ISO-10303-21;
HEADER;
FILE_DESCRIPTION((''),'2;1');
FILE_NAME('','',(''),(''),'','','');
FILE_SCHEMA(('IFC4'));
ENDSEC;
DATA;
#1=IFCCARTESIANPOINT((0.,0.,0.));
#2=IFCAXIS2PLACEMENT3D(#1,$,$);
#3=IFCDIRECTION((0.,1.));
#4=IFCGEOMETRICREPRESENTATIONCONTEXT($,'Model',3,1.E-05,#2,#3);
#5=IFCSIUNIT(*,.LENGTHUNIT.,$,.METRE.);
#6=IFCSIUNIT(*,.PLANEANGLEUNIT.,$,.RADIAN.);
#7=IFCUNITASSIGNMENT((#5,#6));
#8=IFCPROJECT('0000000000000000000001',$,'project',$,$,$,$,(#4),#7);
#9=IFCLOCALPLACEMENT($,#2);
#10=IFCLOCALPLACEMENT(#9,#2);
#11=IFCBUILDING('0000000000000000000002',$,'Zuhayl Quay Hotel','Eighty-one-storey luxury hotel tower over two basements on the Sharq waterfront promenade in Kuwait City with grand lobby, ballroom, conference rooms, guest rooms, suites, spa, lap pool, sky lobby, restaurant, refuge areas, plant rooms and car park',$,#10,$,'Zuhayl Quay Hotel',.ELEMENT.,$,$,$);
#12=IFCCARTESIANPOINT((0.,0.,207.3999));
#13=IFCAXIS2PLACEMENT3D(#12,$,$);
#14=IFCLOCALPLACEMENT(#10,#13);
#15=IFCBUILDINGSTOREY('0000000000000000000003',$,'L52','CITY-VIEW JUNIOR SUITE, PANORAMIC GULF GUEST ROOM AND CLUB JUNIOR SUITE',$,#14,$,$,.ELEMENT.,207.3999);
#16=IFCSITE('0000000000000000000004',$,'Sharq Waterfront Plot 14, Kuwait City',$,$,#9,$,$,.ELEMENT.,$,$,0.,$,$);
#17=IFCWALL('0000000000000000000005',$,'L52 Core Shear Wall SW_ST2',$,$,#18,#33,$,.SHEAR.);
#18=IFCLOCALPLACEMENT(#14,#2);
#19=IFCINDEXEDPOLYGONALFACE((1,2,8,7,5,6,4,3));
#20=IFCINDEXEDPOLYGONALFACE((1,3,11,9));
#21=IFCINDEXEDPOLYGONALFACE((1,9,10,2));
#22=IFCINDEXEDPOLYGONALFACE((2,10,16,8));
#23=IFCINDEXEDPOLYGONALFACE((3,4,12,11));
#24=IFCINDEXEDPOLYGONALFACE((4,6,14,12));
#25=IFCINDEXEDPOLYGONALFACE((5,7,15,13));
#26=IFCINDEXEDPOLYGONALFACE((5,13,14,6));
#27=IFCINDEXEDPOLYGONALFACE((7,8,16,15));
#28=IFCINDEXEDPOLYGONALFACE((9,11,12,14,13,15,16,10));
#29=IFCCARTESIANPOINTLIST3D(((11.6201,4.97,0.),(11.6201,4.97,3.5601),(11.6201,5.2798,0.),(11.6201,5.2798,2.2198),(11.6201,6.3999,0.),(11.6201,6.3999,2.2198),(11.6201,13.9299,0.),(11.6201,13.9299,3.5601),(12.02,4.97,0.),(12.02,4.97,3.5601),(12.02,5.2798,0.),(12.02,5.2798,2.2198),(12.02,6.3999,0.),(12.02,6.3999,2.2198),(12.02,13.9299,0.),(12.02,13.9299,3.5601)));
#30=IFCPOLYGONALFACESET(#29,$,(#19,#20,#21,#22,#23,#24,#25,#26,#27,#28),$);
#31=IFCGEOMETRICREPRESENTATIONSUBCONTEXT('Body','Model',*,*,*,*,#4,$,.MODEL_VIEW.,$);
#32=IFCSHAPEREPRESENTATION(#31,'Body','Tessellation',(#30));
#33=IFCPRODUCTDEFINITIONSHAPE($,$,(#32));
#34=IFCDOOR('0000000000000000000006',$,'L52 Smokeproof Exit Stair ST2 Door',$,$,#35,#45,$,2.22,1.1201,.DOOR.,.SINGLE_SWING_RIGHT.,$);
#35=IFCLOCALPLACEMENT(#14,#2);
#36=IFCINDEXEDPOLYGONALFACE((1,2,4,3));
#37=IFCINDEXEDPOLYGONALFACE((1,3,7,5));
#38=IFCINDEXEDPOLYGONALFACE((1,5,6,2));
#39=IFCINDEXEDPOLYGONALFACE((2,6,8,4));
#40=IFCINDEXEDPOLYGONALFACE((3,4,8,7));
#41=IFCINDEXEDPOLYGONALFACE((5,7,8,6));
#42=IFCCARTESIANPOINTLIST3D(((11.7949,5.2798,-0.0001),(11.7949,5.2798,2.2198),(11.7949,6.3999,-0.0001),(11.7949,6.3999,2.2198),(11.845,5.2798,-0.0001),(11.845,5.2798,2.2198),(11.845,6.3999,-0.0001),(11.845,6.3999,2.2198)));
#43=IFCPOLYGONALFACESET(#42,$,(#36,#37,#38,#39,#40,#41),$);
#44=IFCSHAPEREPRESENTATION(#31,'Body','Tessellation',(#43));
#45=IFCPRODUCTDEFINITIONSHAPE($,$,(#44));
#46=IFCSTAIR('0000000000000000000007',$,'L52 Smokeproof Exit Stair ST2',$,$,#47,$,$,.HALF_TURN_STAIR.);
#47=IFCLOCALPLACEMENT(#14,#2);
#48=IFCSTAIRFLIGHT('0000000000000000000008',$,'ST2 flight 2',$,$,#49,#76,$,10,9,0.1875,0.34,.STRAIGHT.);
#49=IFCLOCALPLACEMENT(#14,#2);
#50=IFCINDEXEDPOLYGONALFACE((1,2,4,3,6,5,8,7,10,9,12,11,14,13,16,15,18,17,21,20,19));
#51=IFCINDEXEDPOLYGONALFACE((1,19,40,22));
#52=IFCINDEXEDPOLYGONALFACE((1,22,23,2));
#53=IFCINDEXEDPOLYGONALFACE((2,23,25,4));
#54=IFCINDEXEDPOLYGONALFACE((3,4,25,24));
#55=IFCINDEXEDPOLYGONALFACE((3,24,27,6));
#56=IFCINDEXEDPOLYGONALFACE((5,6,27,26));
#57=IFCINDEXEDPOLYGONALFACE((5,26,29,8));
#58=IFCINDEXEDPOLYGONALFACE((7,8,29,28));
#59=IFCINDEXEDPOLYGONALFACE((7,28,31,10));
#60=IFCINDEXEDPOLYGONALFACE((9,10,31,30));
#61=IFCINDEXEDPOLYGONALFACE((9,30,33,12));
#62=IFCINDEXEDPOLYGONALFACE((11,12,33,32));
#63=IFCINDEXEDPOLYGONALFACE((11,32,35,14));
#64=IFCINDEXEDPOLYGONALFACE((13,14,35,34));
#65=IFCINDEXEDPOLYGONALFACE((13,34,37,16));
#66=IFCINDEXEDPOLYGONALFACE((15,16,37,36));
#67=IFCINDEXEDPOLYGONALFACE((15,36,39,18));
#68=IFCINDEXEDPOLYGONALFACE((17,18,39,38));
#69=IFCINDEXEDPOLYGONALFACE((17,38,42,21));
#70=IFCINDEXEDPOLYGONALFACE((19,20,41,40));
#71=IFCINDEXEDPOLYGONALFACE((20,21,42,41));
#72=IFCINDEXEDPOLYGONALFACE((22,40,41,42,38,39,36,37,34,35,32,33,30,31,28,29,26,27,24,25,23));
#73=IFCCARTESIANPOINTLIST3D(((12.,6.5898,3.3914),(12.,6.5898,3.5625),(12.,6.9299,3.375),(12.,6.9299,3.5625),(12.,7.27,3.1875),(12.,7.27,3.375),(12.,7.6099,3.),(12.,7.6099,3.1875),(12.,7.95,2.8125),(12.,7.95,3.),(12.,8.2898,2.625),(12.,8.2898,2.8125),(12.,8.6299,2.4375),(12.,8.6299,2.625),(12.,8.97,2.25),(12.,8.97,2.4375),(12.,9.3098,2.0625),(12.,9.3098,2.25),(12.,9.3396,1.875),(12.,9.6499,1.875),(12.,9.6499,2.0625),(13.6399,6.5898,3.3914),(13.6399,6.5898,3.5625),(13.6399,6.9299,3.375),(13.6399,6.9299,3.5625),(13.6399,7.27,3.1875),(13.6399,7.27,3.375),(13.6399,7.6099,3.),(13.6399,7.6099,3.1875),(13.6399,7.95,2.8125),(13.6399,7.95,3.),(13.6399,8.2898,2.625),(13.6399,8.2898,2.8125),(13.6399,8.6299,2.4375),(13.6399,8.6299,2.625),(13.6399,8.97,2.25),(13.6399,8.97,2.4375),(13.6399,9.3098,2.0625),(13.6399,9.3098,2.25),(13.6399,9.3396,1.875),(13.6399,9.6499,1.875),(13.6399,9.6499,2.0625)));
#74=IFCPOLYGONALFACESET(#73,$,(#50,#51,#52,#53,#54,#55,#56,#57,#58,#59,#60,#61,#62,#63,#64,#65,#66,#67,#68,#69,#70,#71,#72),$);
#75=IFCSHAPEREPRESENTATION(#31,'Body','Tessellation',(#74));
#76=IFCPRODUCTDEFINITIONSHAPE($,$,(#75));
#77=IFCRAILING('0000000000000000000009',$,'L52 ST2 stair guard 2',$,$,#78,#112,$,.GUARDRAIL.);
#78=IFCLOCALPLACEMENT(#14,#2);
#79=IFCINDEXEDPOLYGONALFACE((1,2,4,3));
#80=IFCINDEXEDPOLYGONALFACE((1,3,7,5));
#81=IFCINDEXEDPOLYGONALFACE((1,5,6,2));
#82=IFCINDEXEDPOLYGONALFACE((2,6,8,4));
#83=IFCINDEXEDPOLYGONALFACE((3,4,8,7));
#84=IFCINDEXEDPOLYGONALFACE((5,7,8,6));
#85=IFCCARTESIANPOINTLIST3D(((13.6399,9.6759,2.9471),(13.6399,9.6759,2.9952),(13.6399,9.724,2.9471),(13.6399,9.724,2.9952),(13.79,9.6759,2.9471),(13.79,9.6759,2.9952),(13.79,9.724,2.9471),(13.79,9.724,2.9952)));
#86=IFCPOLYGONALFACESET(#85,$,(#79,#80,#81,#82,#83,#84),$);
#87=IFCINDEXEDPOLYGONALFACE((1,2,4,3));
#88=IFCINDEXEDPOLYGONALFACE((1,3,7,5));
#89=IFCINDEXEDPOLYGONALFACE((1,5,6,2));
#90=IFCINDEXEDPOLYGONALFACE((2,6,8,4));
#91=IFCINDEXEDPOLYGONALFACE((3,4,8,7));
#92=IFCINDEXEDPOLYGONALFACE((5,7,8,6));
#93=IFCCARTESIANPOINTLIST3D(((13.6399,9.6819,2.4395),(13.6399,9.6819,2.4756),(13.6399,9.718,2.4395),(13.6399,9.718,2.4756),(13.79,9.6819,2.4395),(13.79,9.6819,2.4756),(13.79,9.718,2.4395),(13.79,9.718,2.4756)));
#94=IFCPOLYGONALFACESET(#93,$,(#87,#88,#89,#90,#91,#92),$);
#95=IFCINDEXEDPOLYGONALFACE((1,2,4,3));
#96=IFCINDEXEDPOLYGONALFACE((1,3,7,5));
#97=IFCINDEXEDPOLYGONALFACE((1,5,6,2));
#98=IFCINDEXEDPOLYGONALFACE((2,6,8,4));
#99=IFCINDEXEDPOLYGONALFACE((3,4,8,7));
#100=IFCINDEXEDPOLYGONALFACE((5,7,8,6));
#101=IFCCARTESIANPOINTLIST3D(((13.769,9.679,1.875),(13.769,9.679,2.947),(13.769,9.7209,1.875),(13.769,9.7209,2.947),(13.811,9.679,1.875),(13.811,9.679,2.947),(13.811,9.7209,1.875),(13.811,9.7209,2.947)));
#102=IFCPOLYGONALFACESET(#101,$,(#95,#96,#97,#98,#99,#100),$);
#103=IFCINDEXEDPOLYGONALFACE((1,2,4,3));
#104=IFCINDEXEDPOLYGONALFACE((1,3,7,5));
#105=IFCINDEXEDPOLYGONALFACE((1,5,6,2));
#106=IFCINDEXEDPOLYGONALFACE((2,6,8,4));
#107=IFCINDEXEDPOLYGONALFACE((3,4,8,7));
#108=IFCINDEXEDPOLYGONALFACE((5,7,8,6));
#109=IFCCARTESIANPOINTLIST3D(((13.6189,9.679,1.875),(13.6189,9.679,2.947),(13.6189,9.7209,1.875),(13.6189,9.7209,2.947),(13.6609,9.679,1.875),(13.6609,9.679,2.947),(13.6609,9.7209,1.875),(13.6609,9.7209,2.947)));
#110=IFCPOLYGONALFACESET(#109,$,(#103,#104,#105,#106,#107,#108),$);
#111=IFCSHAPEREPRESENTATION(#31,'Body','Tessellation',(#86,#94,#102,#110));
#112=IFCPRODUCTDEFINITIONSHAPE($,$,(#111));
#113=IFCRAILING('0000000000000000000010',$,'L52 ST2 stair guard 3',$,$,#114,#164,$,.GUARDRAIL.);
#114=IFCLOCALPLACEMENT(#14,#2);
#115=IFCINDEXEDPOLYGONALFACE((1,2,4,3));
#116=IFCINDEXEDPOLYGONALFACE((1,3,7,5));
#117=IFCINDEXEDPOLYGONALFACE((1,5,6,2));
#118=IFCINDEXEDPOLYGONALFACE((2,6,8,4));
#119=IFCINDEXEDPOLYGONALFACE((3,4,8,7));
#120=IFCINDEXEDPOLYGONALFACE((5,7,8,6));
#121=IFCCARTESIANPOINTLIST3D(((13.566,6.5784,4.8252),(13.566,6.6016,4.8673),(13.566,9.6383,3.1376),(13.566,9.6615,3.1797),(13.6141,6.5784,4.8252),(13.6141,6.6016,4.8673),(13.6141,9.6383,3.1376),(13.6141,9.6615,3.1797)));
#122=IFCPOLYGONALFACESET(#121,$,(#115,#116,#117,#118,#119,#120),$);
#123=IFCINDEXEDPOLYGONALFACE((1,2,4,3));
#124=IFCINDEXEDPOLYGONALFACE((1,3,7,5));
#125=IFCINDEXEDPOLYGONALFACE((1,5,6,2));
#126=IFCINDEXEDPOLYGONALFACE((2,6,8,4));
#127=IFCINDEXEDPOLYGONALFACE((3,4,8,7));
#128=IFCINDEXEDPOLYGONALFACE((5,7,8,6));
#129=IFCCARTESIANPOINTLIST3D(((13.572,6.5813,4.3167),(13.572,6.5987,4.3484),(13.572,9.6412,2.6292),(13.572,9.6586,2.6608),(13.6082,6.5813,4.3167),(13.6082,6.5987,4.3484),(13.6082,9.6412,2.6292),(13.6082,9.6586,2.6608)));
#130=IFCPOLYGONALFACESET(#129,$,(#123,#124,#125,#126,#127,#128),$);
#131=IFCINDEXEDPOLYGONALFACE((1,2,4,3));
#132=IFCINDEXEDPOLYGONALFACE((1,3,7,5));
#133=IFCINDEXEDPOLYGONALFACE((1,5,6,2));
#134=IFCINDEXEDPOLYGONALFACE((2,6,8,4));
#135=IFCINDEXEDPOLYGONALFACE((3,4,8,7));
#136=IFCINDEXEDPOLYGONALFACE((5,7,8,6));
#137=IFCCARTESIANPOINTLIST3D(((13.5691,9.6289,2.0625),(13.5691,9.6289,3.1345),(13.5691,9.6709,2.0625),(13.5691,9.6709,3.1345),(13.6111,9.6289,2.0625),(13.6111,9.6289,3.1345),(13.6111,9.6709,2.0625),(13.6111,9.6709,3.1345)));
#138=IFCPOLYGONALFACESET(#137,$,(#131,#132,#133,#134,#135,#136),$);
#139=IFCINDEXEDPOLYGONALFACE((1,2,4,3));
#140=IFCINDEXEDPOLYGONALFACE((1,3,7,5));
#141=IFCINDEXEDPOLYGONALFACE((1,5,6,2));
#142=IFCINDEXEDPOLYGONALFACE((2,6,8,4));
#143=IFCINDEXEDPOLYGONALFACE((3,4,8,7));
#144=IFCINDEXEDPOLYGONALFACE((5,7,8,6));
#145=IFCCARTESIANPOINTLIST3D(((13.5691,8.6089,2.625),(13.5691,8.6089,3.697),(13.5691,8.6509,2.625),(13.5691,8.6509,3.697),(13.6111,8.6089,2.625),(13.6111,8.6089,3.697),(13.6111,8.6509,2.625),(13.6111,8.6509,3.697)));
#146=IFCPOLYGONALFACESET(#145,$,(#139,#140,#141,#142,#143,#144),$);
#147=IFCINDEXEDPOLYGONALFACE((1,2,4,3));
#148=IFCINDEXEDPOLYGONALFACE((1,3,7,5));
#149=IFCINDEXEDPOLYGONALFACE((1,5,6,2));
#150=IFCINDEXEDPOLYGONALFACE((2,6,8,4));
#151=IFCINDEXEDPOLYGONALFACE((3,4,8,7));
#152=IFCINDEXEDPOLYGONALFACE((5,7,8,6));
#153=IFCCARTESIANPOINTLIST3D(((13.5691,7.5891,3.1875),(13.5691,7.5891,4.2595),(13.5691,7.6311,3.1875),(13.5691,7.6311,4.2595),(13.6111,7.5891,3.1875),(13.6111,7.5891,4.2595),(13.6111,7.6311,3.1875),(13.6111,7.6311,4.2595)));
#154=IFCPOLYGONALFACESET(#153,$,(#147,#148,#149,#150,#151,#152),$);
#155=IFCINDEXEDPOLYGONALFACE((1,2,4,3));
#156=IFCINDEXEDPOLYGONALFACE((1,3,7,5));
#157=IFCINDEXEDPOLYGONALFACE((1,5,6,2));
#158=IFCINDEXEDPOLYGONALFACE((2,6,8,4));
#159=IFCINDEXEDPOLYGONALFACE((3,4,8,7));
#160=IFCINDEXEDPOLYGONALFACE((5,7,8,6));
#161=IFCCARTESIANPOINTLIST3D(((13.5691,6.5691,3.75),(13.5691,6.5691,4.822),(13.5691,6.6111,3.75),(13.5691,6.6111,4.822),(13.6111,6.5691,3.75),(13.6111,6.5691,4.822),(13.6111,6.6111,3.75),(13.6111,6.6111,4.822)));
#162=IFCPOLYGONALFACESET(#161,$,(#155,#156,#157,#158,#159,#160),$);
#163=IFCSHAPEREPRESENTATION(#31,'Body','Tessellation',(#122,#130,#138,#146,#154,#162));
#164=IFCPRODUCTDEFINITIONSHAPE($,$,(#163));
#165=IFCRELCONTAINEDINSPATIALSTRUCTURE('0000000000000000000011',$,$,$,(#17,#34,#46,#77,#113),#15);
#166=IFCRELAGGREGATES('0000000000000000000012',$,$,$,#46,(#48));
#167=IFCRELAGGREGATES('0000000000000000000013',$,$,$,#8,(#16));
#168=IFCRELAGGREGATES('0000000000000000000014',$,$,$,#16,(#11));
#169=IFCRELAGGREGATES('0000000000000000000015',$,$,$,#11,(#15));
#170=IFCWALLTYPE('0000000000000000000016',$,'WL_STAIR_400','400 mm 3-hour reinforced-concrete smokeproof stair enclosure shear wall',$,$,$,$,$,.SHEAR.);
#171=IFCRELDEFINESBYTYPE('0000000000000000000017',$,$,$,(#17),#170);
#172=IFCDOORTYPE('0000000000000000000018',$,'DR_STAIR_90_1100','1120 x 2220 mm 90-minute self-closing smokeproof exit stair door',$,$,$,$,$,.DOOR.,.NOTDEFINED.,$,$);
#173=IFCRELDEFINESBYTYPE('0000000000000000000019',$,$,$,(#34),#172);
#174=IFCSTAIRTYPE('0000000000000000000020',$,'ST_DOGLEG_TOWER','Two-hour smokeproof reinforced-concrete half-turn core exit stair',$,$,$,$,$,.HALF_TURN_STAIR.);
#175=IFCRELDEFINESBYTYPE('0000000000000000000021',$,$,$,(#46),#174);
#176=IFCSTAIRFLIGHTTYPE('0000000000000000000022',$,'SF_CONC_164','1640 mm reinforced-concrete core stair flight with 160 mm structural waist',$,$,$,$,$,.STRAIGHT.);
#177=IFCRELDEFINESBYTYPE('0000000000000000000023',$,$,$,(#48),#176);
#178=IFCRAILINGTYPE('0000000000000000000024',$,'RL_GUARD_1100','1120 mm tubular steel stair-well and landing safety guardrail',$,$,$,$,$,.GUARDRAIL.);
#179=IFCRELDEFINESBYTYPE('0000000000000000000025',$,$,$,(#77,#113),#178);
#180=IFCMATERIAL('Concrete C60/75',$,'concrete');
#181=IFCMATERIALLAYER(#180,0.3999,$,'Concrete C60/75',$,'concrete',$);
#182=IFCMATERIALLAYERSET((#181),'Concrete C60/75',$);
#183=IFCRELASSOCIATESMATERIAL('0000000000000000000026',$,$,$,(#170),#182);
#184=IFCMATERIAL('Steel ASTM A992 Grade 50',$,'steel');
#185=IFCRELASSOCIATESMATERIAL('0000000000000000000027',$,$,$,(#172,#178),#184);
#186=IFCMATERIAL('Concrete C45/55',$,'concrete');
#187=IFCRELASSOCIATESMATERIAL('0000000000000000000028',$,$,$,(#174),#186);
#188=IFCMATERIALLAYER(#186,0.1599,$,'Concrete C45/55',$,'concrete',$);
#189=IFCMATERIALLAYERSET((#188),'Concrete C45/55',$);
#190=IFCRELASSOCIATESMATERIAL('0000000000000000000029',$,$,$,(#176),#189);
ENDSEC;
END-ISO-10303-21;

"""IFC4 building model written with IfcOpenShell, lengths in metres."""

from ifc_helpers import new_model, si_unit, direction, frame, frame_2d, origin, origin_2d, place, context, subcontext, project, spatial, polyline, rectangle, outline, extrude, material, layer, layer_set, type_object, element, fill, aggregate, save


model = new_model("IFC4")

# Units and contexts
model_context = context("Model", 3, precision=1e-05, world=origin(), true_north=direction((0.0, 1.0)))
body_context = subcontext(model_context, "Body", "Model", "MODEL_VIEW")
ifc_project = project(units=[si_unit("LENGTHUNIT", "METRE"), si_unit("PLANEANGLEUNIT", "RADIAN")], contexts=[model_context])

# Site, building, storey
site_placement = place(None, origin())
site = spatial("IfcSite", under=ifc_project, at=site_placement, Name="Sharq Waterfront Plot 14, Kuwait City", CompositionType="ELEMENT", RefElevation=0.0)
building_placement = place(site_placement, origin())
building = spatial("IfcBuilding", under=site, at=building_placement, Name="Zuhayl Quay Hotel", Description="Eighty-one-storey luxury hotel tower over two basements on the Sharq waterfront promenade in Kuwait City with grand lobby, ballroom, conference rooms, guest rooms, suites, spa, lap pool, sky lobby, restaurant, refuge areas, plant rooms and car park", LongName="Zuhayl Quay Hotel", CompositionType="ELEMENT")
storey_placement = place(building_placement, frame((0.0, 0.0, 207.3999)))
storey = spatial("IfcBuildingStorey", under=building, at=storey_placement, Name="L52", Description="CITY-VIEW JUNIOR SUITE, PANORAMIC GULF GUEST ROOM AND CLUB JUNIOR SUITE", CompositionType="ELEMENT", Elevation=207.3999)

# Shared definitions
ifc_material_1 = material(Name="Concrete C60/75", Category="concrete")

# Shared definitions
ifc_material_2 = material(Name="Steel ASTM A992 Grade 50", Category="steel")

# Wall, opening, door
ifc_layer_1 = layer(ifc_material_1, 0.3999, Name="Concrete C60/75", Category="concrete")
ifc_layer_set_1 = layer_set([ifc_layer_1], Name="Concrete C60/75")
wall_type_1 = type_object("IfcWallType", Name="WL_STAIR_400", Description="400 mm 3-hour reinforced-concrete smokeproof stair enclosure shear wall", PredefinedType="SHEAR", material=ifc_layer_set_1)
wall_1_placement = place(storey_placement, frame((11.8201, 13.9299, 0.0), z_axis=(0.0, 0.0, 1.0), x_axis=(0.0, -1.0, 0.0)))
wall_1 = element("IfcWall", 1, at=wall_1_placement, inside=storey, type_object=wall_type_1, Name="L52 Core Shear Wall SW_ST2", PredefinedType="SHEAR", context=body_context, shape_type="SweptSolid", body=[
    extrude(rectangle(XDim=8.96, YDim=0.3999, at=frame_2d((4.48, 0.0))), origin(), (0.0, 0.0, 1.0), 3.5601),
])
opening_1_placement = place(wall_1_placement, frame((7.53, 0.0, 0.0)))
opening_1 = element("IfcOpeningElement", 2, at=opening_1_placement, cuts=wall_1, PredefinedType="OPENING", context=body_context, shape_type="SweptSolid", body=[
    extrude(rectangle(XDim=1.1201, YDim=2.22, at=frame_2d((0.5601, 1.1099))), frame((0.0, 0.21, 0.0), z_axis=(0.0, -1.0, 0.0), x_axis=(1.0, 0.0, 0.0)), (0.0, 0.0, 1.0), 0.4199),
])
door_type_1 = type_object("IfcDoorType", Name="DR_STAIR_90_1100", Description="1120 x 2220 mm 90-minute self-closing smokeproof exit stair door", OperationType="NOTDEFINED", PredefinedType="DOOR", material=ifc_material_2)
door_1_placement = place(opening_1_placement, origin())
door_1 = element("IfcDoor", 3, at=door_1_placement, inside=storey, type_object=door_type_1, Name="L52 Smokeproof Exit Stair ST2 Door", OperationType="SINGLE_SWING_RIGHT", OverallHeight=2.22, OverallWidth=1.1201, PredefinedType="DOOR", context=body_context, shape_type="SweptSolid", body=[
    extrude(rectangle(XDim=1.1201, YDim=2.22, at=frame_2d((0.5601, 1.1099))), frame((0.0, 0.0249, 0.0), z_axis=(0.0, -1.0, 0.0), x_axis=(1.0, 0.0, 0.0)), (0.0, 0.0, 1.0), 0.05),
])
fill(opening_1, door_1)

# Stair, stair flight
ifc_material_3 = material(Name="Concrete C45/55", Category="concrete")
stair_type = type_object("IfcStairType", Name="ST_DOGLEG_TOWER", Description="Two-hour smokeproof reinforced-concrete half-turn core exit stair", PredefinedType="HALF_TURN_STAIR", material=ifc_material_3)
stair_placement = place(storey_placement, origin())
stair = element("IfcStair", 4, at=stair_placement, inside=storey, type_object=stair_type, Name="L52 Smokeproof Exit Stair ST2", PredefinedType="HALF_TURN_STAIR")
ifc_layer_2 = layer(ifc_material_3, 0.1599, Name="Concrete C45/55", Category="concrete")
ifc_layer_set_2 = layer_set([ifc_layer_2], Name="Concrete C45/55")
stair_flight_type = type_object("IfcStairFlightType", Name="SF_CONC_164", Description="1640 mm reinforced-concrete core stair flight with 160 mm structural waist", PredefinedType="STRAIGHT", material=ifc_layer_set_2)
stair_flight_placement = place(storey_placement, frame((12.8201, 9.6499, 1.875), z_axis=(0.0, 0.0, 1.0), x_axis=(0.0, -1.0, 0.0)))
stair_flight = element("IfcStairFlight", 5, at=stair_flight_placement, type_object=stair_flight_type, Name="ST2 flight 2", NumberOfRisers=10, NumberOfTreads=9, PredefinedType="STRAIGHT", RiserHeight=0.1875, TreadLength=0.34, context=body_context, shape_type="SweptSolid", body=[
    extrude(outline(polyline([(0.0, 0.0), (0.0, 0.1875), (0.3401, 0.1875), (0.3401, 0.375), (0.6799, 0.375), (0.6799, 0.5625), (1.02, 0.5625), (1.02, 0.75), (1.3601, 0.75), (1.3601, 0.9375), (1.7, 0.9375), (1.7, 1.125), (2.04, 1.125), (2.04, 1.3125), (2.3799, 1.3125), (2.3799, 1.5), (2.72, 1.5), (2.72, 1.6875), (3.0601, 1.6875), (3.0601, 1.875), (3.0601, 1.5164), (0.3103, 0.0), (0.0, 0.0)])), frame((0.0, 0.8198, 0.0), z_axis=(0.0, -1.0, 0.0), x_axis=(1.0, 0.0, 0.0)), (0.0, 0.0, 1.0), 1.6399),
])
aggregate(stair, [stair_flight])

# Railings
railing_type_1 = type_object("IfcRailingType", Name="RL_GUARD_1100", Description="1120 mm tubular steel stair-well and landing safety guardrail", PredefinedType="GUARDRAIL", material=ifc_material_2)
railing_1_placement = place(storey_placement, frame((13.79, 9.7, 1.875)))
element("IfcRailing", 6, at=railing_1_placement, inside=storey, type_object=railing_type_1, Name="L52 ST2 stair guard 2", PredefinedType="GUARDRAIL", context=body_context, shape_type="SweptSolid", body=[
    extrude(rectangle(XDim=0.0481, YDim=0.0481, at=origin_2d()), frame((0.0, 0.0, 1.0962), z_axis=(-1.0, 0.0, 0.0), x_axis=(0.0, -1.0, 0.0)), (0.0, 0.0, 1.0), 0.1501),
    extrude(rectangle(XDim=0.0361, YDim=0.0361, at=origin_2d()), frame((0.0, 0.0, 0.5825), z_axis=(-1.0, 0.0, 0.0), x_axis=(0.0, -1.0, 0.0)), (0.0, 0.0, 1.0), 0.1501),
    extrude(rectangle(XDim=0.042, YDim=0.042, at=origin_2d()), origin(), (0.0, 0.0, 1.0), 1.072),
    extrude(rectangle(XDim=0.042, YDim=0.042, at=origin_2d()), frame((-0.1501, 0.0, 0.0)), (0.0, 0.0, 1.0), 1.072),
])
railing_2_placement = place(storey_placement, frame((13.5901, 9.6499, 2.0625)))
element("IfcRailing", 7, at=railing_2_placement, inside=storey, type_object=railing_type_1, Name="L52 ST2 stair guard 3", PredefinedType="GUARDRAIL", context=body_context, shape_type="SweptSolid", body=[
    extrude(rectangle(XDim=0.0481, YDim=0.0481, at=origin_2d()), frame((0.0, 0.0, 1.0962), z_axis=(0.0, -0.875659, 0.48293), x_axis=(1.0, 0.0, 0.0)), (0.0, 0.0, 1.0), 3.4944),
    extrude(rectangle(XDim=0.0361, YDim=0.0361, at=origin_2d()), frame((0.0, 0.0, 0.5825), z_axis=(0.0, -0.875659, 0.48293), x_axis=(1.0, 0.0, 0.0)), (0.0, 0.0, 1.0), 3.4944),
    extrude(rectangle(XDim=0.042, YDim=0.042, at=origin_2d()), origin(), (0.0, 0.0, 1.0), 1.072),
    extrude(rectangle(XDim=0.042, YDim=0.042, at=origin_2d()), frame((0.0, -1.02, 0.5625)), (0.0, 0.0, 1.0), 1.072),
    extrude(rectangle(XDim=0.042, YDim=0.042, at=origin_2d()), frame((0.0, -2.0398, 1.125)), (0.0, 0.0, 1.0), 1.072),
    extrude(rectangle(XDim=0.042, YDim=0.042, at=origin_2d()), frame((0.0, -3.0598, 1.6875)), (0.0, 0.0, 1.0), 1.072),
])

save(model, "model.ifc")
